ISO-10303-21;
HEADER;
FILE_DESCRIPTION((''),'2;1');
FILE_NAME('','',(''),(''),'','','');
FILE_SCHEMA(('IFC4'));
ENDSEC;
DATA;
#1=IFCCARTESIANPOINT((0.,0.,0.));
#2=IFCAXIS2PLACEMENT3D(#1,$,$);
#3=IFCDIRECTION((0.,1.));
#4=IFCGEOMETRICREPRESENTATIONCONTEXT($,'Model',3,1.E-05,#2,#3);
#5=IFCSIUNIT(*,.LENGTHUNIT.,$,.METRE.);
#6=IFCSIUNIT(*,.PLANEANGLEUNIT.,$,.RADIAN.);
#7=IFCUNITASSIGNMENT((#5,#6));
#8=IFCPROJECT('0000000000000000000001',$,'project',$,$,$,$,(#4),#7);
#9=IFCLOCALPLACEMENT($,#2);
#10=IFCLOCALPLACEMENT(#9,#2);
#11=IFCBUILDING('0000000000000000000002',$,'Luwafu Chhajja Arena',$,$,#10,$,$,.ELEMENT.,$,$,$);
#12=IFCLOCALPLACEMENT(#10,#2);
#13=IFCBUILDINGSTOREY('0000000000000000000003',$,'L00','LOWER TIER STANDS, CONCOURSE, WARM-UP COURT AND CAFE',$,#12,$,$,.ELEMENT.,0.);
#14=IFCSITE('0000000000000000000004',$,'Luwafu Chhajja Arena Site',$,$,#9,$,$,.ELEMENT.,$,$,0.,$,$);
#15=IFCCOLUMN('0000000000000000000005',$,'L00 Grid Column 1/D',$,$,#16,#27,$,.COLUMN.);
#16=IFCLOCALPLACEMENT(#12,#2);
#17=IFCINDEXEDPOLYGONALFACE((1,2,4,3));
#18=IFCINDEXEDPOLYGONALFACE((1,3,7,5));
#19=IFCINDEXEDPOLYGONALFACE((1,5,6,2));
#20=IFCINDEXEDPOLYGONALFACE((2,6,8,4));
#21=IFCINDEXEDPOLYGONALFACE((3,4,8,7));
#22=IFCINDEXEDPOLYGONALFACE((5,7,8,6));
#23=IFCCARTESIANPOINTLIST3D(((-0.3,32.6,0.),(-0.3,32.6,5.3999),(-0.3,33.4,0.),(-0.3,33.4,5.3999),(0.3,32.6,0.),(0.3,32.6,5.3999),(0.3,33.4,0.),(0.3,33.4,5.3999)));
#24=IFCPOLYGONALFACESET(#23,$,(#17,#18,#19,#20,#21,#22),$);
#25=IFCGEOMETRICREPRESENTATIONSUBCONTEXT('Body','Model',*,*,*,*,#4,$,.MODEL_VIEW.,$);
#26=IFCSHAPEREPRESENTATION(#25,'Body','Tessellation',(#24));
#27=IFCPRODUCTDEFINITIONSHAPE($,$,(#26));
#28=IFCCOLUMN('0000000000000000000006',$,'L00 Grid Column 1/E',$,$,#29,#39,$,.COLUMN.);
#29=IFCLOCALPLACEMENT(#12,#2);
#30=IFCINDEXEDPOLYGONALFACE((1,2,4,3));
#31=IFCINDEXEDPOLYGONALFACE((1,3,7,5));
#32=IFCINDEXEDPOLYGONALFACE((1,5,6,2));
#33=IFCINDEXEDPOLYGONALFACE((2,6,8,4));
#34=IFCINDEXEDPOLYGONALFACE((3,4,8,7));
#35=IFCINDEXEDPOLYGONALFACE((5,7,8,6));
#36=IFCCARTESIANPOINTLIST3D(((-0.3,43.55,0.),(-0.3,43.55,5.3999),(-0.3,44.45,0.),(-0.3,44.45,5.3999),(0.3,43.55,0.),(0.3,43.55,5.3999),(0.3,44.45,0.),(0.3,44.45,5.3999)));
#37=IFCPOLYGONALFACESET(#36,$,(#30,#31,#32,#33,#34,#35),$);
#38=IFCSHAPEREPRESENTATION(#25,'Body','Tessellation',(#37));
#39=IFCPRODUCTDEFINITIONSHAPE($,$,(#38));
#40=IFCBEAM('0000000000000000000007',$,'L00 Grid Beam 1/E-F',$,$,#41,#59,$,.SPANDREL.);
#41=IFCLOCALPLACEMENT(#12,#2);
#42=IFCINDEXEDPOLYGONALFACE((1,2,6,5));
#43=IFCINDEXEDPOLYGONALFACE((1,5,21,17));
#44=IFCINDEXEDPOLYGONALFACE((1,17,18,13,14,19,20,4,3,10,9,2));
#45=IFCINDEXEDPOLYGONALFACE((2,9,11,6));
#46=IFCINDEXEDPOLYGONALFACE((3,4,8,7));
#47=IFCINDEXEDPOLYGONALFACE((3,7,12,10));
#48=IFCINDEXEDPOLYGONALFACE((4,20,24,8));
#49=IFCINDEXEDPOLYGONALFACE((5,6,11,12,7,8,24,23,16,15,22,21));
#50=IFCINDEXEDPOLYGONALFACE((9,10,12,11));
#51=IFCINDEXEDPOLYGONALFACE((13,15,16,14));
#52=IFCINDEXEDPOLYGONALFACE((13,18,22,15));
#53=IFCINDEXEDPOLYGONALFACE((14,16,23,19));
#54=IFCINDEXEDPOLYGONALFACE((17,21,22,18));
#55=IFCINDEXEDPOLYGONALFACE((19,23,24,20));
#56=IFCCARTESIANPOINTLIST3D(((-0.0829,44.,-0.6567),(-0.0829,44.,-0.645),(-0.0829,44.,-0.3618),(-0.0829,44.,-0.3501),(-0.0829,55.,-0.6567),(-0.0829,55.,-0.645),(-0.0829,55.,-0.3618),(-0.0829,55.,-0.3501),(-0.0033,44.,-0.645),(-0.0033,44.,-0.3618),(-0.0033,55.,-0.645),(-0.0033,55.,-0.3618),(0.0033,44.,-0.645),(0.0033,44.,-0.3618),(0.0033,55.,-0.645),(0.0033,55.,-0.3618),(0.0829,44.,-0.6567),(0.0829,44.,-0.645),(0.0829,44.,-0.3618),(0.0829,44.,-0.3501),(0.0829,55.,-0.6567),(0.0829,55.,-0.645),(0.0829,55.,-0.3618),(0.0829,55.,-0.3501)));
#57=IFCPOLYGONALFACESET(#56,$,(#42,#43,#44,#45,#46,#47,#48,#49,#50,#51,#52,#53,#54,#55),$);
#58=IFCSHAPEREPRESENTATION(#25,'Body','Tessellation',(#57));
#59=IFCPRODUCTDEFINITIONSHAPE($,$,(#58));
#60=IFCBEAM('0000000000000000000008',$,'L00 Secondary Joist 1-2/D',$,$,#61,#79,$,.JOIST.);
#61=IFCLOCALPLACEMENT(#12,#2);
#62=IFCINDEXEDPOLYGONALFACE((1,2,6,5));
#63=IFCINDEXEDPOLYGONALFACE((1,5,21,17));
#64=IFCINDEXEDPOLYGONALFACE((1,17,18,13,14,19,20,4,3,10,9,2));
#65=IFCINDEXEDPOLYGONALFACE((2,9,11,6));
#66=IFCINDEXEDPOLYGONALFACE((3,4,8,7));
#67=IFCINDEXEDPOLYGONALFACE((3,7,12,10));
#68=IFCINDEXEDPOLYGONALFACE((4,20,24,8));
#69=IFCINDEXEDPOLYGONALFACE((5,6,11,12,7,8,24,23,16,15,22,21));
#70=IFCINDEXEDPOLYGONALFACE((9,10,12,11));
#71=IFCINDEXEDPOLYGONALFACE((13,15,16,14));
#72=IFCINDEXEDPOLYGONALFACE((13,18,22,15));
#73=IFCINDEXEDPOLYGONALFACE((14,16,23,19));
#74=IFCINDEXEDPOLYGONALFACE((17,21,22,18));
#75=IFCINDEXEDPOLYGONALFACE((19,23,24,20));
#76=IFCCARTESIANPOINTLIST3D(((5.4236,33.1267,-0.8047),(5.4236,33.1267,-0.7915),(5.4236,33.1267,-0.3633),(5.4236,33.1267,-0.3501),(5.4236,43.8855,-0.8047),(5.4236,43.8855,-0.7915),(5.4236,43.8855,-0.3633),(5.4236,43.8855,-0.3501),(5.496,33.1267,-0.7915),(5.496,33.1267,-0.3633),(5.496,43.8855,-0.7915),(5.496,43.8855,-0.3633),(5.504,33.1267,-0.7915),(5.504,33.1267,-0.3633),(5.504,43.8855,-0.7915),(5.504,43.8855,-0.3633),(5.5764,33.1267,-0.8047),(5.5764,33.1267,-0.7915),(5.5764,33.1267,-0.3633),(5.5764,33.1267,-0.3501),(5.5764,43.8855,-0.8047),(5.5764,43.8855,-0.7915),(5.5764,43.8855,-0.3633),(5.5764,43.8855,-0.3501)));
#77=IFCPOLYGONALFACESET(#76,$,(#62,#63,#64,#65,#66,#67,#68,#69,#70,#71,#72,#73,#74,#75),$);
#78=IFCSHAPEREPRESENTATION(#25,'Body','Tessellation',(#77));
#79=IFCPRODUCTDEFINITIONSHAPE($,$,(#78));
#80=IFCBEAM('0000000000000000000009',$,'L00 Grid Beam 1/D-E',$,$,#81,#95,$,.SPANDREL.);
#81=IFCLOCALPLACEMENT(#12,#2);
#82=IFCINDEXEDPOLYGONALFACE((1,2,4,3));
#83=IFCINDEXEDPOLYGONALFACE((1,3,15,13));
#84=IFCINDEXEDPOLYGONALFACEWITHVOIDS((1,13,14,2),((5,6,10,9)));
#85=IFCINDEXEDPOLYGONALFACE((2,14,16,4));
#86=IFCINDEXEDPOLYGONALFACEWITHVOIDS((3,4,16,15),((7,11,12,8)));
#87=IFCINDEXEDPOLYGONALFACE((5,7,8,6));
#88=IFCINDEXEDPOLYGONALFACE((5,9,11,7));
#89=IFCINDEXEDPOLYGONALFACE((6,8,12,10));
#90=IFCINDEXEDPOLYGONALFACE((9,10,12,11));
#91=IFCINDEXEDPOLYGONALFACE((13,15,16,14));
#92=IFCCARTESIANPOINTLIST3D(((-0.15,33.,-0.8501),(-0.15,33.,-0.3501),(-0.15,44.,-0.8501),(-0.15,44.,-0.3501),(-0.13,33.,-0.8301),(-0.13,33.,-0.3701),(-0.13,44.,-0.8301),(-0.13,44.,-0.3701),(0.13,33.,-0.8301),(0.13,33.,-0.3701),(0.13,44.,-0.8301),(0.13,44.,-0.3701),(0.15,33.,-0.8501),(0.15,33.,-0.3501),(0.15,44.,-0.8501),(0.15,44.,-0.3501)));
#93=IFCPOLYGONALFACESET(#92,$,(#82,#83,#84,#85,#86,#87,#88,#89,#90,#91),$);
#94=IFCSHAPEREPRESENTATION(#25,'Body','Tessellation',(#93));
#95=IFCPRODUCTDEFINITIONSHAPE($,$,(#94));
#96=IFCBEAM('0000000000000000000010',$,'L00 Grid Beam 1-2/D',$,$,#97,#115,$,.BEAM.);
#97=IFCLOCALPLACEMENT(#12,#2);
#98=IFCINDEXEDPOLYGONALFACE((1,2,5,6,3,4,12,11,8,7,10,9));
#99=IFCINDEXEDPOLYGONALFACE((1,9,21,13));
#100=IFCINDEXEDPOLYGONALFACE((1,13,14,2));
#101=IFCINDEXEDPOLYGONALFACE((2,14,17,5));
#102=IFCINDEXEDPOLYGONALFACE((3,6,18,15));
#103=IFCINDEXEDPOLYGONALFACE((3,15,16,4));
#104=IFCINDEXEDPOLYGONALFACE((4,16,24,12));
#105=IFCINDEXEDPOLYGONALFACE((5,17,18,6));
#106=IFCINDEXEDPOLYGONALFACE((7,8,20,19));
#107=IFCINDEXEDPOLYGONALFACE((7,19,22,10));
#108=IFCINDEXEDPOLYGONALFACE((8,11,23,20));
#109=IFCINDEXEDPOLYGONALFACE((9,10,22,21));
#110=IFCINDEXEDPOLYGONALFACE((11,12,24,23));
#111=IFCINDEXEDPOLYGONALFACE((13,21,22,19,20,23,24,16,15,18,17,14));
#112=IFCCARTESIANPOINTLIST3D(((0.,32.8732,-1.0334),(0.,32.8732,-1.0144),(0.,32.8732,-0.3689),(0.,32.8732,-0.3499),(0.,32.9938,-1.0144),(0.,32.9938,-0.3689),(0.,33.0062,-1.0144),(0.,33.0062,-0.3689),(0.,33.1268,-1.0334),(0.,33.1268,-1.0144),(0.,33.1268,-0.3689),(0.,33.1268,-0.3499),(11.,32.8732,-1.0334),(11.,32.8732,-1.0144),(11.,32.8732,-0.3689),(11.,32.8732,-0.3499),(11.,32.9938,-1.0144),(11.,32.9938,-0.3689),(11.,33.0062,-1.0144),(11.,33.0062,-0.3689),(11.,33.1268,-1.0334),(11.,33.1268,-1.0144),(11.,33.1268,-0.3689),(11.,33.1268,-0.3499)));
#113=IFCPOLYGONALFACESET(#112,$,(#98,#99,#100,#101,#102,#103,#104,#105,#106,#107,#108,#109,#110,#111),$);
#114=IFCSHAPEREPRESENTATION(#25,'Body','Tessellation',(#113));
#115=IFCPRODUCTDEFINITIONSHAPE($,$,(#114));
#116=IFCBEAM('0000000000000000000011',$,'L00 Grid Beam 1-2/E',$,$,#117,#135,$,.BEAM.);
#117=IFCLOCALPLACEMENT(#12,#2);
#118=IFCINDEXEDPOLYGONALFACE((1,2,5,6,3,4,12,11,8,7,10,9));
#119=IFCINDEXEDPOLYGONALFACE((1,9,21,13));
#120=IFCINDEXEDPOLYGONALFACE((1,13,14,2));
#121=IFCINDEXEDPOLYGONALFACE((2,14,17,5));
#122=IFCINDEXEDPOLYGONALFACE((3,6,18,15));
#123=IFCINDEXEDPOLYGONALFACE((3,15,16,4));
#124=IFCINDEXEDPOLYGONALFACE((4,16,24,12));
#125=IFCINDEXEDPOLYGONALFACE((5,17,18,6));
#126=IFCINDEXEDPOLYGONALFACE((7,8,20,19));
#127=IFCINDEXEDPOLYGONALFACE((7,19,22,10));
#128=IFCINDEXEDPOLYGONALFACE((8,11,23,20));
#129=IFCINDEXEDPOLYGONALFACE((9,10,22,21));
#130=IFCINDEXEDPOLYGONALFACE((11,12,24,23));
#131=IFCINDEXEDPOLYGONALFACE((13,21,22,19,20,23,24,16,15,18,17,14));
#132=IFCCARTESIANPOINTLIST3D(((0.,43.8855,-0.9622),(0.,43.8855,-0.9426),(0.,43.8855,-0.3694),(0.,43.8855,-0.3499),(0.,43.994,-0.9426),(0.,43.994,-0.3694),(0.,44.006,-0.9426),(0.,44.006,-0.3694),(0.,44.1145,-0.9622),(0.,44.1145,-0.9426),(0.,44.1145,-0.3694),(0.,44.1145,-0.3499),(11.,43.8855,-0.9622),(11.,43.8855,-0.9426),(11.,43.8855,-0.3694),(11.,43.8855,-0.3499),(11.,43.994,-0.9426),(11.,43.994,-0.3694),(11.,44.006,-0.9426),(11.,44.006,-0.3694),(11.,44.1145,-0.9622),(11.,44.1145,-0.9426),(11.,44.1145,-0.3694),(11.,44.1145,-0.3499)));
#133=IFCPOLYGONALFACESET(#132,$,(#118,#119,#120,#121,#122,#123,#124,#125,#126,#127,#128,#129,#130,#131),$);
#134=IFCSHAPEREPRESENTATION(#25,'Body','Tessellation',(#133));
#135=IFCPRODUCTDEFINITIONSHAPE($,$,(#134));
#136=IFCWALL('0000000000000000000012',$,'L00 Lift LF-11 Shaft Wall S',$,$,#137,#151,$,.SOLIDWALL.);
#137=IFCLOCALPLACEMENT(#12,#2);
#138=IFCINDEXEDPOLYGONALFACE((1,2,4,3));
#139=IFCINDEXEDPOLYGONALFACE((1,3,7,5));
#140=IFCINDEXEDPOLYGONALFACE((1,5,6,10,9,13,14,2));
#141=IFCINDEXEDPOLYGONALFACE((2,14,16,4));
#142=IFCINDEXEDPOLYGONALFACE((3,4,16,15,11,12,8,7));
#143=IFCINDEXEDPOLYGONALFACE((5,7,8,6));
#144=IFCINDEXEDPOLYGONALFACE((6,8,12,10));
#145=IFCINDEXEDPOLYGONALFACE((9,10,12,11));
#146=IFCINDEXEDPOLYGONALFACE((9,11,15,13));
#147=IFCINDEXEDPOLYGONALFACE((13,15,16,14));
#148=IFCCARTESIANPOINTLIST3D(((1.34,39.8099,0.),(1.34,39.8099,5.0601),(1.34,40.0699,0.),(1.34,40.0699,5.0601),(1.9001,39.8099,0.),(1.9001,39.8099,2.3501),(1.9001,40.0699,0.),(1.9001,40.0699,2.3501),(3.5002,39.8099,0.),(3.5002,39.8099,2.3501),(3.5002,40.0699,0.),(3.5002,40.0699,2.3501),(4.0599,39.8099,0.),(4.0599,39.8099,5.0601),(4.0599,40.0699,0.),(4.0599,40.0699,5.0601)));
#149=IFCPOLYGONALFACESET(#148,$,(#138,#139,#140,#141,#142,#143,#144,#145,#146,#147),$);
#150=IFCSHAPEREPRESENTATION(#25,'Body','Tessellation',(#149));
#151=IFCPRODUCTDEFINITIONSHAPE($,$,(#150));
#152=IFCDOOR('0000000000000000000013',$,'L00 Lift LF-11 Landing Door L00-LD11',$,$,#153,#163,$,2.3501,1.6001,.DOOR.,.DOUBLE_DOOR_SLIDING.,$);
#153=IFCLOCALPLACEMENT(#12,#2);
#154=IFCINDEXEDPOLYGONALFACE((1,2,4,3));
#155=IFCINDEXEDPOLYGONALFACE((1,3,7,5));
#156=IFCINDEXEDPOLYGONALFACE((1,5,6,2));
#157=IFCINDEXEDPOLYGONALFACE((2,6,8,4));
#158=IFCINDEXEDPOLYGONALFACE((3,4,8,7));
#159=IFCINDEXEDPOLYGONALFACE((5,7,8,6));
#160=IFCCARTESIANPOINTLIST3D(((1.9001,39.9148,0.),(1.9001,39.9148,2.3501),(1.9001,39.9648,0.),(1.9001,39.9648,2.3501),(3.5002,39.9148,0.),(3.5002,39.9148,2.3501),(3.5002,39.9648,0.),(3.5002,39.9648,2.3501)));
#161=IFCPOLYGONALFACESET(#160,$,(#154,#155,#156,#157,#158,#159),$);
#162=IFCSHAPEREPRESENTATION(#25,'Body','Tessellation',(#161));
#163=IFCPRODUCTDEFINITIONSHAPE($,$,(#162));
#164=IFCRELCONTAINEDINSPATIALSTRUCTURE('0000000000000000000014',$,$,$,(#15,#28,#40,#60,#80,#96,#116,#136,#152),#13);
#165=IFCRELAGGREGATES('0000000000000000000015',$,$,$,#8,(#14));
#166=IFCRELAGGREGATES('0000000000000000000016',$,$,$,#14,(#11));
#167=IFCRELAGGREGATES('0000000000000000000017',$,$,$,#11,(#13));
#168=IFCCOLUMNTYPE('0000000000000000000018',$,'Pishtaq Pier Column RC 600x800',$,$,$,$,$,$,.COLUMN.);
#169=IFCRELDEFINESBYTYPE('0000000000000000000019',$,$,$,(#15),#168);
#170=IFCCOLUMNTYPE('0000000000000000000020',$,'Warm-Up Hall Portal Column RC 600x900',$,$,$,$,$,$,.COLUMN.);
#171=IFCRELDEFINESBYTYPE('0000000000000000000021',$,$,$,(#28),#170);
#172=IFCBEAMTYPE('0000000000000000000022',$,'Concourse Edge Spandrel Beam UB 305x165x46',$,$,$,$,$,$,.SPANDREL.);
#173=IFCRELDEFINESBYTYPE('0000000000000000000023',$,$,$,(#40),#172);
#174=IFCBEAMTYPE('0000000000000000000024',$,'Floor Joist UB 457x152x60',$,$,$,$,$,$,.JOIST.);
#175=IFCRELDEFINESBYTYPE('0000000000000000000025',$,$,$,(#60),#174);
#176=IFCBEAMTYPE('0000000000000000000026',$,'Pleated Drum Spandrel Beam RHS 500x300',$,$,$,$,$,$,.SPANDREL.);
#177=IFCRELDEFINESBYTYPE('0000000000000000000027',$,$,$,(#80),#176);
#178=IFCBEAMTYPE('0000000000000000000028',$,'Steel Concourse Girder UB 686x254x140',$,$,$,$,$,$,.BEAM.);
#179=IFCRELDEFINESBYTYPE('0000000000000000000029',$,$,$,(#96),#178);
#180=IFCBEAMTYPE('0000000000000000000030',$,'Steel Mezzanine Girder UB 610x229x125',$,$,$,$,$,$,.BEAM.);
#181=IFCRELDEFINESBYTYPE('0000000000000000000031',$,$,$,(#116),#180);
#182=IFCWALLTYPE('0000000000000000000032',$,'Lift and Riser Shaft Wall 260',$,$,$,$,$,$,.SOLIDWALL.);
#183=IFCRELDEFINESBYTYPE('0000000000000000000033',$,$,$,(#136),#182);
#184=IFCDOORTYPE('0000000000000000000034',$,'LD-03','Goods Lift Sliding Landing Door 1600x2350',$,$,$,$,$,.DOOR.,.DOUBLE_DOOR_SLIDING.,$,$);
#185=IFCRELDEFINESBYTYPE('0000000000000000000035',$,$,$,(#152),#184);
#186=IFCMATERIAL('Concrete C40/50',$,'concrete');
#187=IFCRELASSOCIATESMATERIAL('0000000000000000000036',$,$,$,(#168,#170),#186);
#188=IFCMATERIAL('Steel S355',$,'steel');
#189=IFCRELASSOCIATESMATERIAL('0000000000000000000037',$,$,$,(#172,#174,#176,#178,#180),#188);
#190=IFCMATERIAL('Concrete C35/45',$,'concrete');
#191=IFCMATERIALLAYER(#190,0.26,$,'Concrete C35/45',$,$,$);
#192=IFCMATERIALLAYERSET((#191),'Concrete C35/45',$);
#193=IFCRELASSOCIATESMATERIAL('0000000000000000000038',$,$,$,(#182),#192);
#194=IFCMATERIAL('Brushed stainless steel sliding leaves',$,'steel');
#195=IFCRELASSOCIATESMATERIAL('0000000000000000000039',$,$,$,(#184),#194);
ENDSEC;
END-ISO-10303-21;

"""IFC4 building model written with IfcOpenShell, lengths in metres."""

from ifc_helpers import new_model, si_unit, direction, frame, frame_2d, origin, origin_2d, place, context, subcontext, project, spatial, rectangle, hollow_rectangle, i_section, extrude, material, layer, layer_set, material_profile, profile_set, type_object, element, fill, save


model = new_model("IFC4")

# Units and contexts
model_context = context("Model", 3, precision=1e-05, world=origin(), true_north=direction((0.0, 1.0)))
body_context = subcontext(model_context, "Body", "Model", "MODEL_VIEW")
ifc_project = project(units=[si_unit("LENGTHUNIT", "METRE"), si_unit("PLANEANGLEUNIT", "RADIAN")], contexts=[model_context])

# Site, building, storey
site_placement = place(None, origin())
site = spatial("IfcSite", under=ifc_project, at=site_placement, Name="Luwafu Chhajja Arena Site", CompositionType="ELEMENT", RefElevation=0.0)
building_placement = place(site_placement, origin())
building = spatial("IfcBuilding", under=site, at=building_placement, Name="Luwafu Chhajja Arena", CompositionType="ELEMENT")
storey_placement = place(building_placement, origin())
storey = spatial("IfcBuildingStorey", under=building, at=storey_placement, Name="L00", Description="LOWER TIER STANDS, CONCOURSE, WARM-UP COURT AND CAFE", CompositionType="ELEMENT", Elevation=0.0)

# Columns
ifc_material_1 = material(Name="Concrete C40/50", Category="concrete")
ifc_material_profile_1 = material_profile(ifc_material_1, rectangle(XDim=0.6001, YDim=0.8, at=origin_2d()), Name="RC 600x800")
ifc_profile_set_1 = profile_set([ifc_material_profile_1], Name="Concrete C40/50")
column_type_1 = type_object("IfcColumnType", Name="Pishtaq Pier Column RC 600x800", PredefinedType="COLUMN", material=ifc_profile_set_1)
column_1_placement = place(storey_placement, frame((0.0, 33.0, 0.0), z_axis=(0.0, 0.0, 1.0), x_axis=(1.0, 0.0, 0.0)))
element("IfcColumn", 1, at=column_1_placement, inside=storey, type_object=column_type_1, Name="L00 Grid Column 1/D", PredefinedType="COLUMN", context=body_context, shape_type="SweptSolid", body=[
    extrude(rectangle(XDim=0.6001, YDim=0.8, at=origin_2d()), origin(), (0.0, 0.0, 1.0), 5.3999),
])
ifc_material_profile_2 = material_profile(ifc_material_1, rectangle(XDim=0.6001, YDim=0.8999, at=origin_2d()), Name="RC 600x900")
ifc_profile_set_2 = profile_set([ifc_material_profile_2], Name="Concrete C40/50")
column_type_2 = type_object("IfcColumnType", Name="Warm-Up Hall Portal Column RC 600x900", PredefinedType="COLUMN", material=ifc_profile_set_2)
column_2_placement = place(storey_placement, frame((0.0, 44.0, 0.0), z_axis=(0.0, 0.0, 1.0), x_axis=(1.0, 0.0, 0.0)))
element("IfcColumn", 2, at=column_2_placement, inside=storey, type_object=column_type_2, Name="L00 Grid Column 1/E", PredefinedType="COLUMN", context=body_context, shape_type="SweptSolid", body=[
    extrude(rectangle(XDim=0.6001, YDim=0.8999, at=origin_2d()), origin(), (0.0, 0.0, 1.0), 5.3999),
])

# Beams
ifc_material_2 = material(Name="Steel S355", Category="steel")
ifc_material_profile_3 = material_profile(ifc_material_2, i_section(OverallWidth=0.1658, OverallDepth=0.3066, WebThickness=0.0066, FlangeThickness=0.0117, at=origin_2d()), Name="UB 305x165x46")
ifc_profile_set_3 = profile_set([ifc_material_profile_3], Name="Steel S355")
beam_type_1 = type_object("IfcBeamType", Name="Concourse Edge Spandrel Beam UB 305x165x46", PredefinedType="SPANDREL", material=ifc_profile_set_3)
beam_1_placement = place(storey_placement, frame((0.0, 44.0, -0.5034), z_axis=(0.0, 1.0, 0.0), x_axis=(-1.0, 0.0, 0.0)))
element("IfcBeam", 3, at=beam_1_placement, inside=storey, type_object=beam_type_1, Name="L00 Grid Beam 1/E-F", PredefinedType="SPANDREL", context=body_context, shape_type="SweptSolid", body=[
    extrude(i_section(OverallWidth=0.1658, OverallDepth=0.3066, WebThickness=0.0066, FlangeThickness=0.0117, at=origin_2d()), origin(), (0.0, 0.0, 1.0), 11.0),
])
ifc_material_profile_4 = material_profile(ifc_material_2, i_section(OverallWidth=0.1528, OverallDepth=0.4546, WebThickness=0.0081, FlangeThickness=0.0132, at=origin_2d()), Name="UB 457x152x60")
ifc_profile_set_4 = profile_set([ifc_material_profile_4], Name="Steel S355")
beam_type_2 = type_object("IfcBeamType", Name="Floor Joist UB 457x152x60", PredefinedType="JOIST", material=ifc_profile_set_4)
beam_2_placement = place(storey_placement, frame((5.5, 33.1267, -0.5774), z_axis=(0.0, 1.0, 0.0), x_axis=(-1.0, 0.0, 0.0)))
element("IfcBeam", 4, at=beam_2_placement, inside=storey, type_object=beam_type_2, Name="L00 Secondary Joist 1-2/D", PredefinedType="JOIST", context=body_context, shape_type="SweptSolid", body=[
    extrude(i_section(OverallWidth=0.1528, OverallDepth=0.4546, WebThickness=0.0081, FlangeThickness=0.0132, at=origin_2d()), origin(), (0.0, 0.0, 1.0), 10.7588),
])
ifc_material_profile_5 = material_profile(ifc_material_2, hollow_rectangle(XDim=0.3, YDim=0.5, WallThickness=0.02, at=origin_2d()), Name="RHS 500x300x20")
ifc_profile_set_5 = profile_set([ifc_material_profile_5], Name="Steel S355")
beam_type_3 = type_object("IfcBeamType", Name="Pleated Drum Spandrel Beam RHS 500x300", PredefinedType="SPANDREL", material=ifc_profile_set_5)
beam_3_placement = place(storey_placement, frame((0.0, 33.0, -0.6001), z_axis=(0.0, 1.0, 0.0), x_axis=(-1.0, 0.0, 0.0)))
element("IfcBeam", 5, at=beam_3_placement, inside=storey, type_object=beam_type_3, Name="L00 Grid Beam 1/D-E", PredefinedType="SPANDREL", context=body_context, shape_type="SweptSolid", body=[
    extrude(hollow_rectangle(XDim=0.3, YDim=0.5, WallThickness=0.02, at=origin_2d()), origin(), (0.0, 0.0, 1.0), 11.0),
])
ifc_material_profile_6 = material_profile(ifc_material_2, i_section(OverallWidth=0.2537, OverallDepth=0.6836, WebThickness=0.0125, FlangeThickness=0.019, at=origin_2d()), Name="UB 686x254x140")
ifc_profile_set_6 = profile_set([ifc_material_profile_6], Name="Steel S355")
beam_type_4 = type_object("IfcBeamType", Name="Steel Concourse Girder UB 686x254x140", PredefinedType="BEAM", material=ifc_profile_set_6)
beam_4_placement = place(storey_placement, frame((0.0, 33.0, -0.6917), z_axis=(1.0, 0.0, 0.0), x_axis=(0.0, 1.0, 0.0)))
element("IfcBeam", 6, at=beam_4_placement, inside=storey, type_object=beam_type_4, Name="L00 Grid Beam 1-2/D", PredefinedType="BEAM", context=body_context, shape_type="SweptSolid", body=[
    extrude(i_section(OverallWidth=0.2537, OverallDepth=0.6836, WebThickness=0.0125, FlangeThickness=0.019, at=origin_2d()), origin(), (0.0, 0.0, 1.0), 11.0),
])
ifc_material_profile_7 = material_profile(ifc_material_2, i_section(OverallWidth=0.229, OverallDepth=0.6123, WebThickness=0.012, FlangeThickness=0.0195, at=origin_2d()), Name="UB 610x229x125")
ifc_profile_set_7 = profile_set([ifc_material_profile_7], Name="Steel S355")
beam_type_5 = type_object("IfcBeamType", Name="Steel Mezzanine Girder UB 610x229x125", PredefinedType="BEAM", material=ifc_profile_set_7)
beam_5_placement = place(storey_placement, frame((0.0, 44.0, -0.656), z_axis=(1.0, 0.0, 0.0), x_axis=(0.0, 1.0, 0.0)))
element("IfcBeam", 7, at=beam_5_placement, inside=storey, type_object=beam_type_5, Name="L00 Grid Beam 1-2/E", PredefinedType="BEAM", context=body_context, shape_type="SweptSolid", body=[
    extrude(i_section(OverallWidth=0.229, OverallDepth=0.6123, WebThickness=0.012, FlangeThickness=0.0195, at=origin_2d()), origin(), (0.0, 0.0, 1.0), 11.0),
])

# Wall, opening, door
ifc_material_3 = material(Name="Concrete C35/45", Category="concrete")
ifc_layer_1 = layer(ifc_material_3, 0.26, Name="Concrete C35/45")
ifc_layer_set_1 = layer_set([ifc_layer_1], Name="Concrete C35/45")
wall_type_1 = type_object("IfcWallType", Name="Lift and Riser Shaft Wall 260", PredefinedType="SOLIDWALL", material=ifc_layer_set_1)
wall_1_placement = place(storey_placement, frame((1.3401, 39.9399, 0.0), z_axis=(0.0, 0.0, 1.0), x_axis=(1.0, 0.0, 0.0)))
wall_1 = element("IfcWall", 8, at=wall_1_placement, inside=storey, type_object=wall_type_1, Name="L00 Lift LF-11 Shaft Wall S", PredefinedType="SOLIDWALL", context=body_context, shape_type="SweptSolid", body=[
    extrude(rectangle(XDim=2.72, YDim=0.26, at=frame_2d((1.3599, 0.0))), origin(), (0.0, 0.0, 1.0), 5.0601),
])
opening_1_placement = place(wall_1_placement, frame((0.5601, 0.0, 0.0)))
opening_1 = element("IfcOpeningElement", 9, at=opening_1_placement, cuts=wall_1, PredefinedType="OPENING", context=body_context, shape_type="SweptSolid", body=[
    extrude(rectangle(XDim=1.6001, YDim=2.3501, at=frame_2d((0.8, 1.175))), frame((0.0, 0.1399, 0.0), z_axis=(0.0, -1.0, 0.0), x_axis=(1.0, 0.0, 0.0)), (0.0, 0.0, 1.0), 0.28),
])
ifc_material_4 = material(Name="Brushed stainless steel sliding leaves", Category="steel")
door_type_1 = type_object("IfcDoorType", Name="LD-03", Description="Goods Lift Sliding Landing Door 1600x2350", OperationType="DOUBLE_DOOR_SLIDING", PredefinedType="DOOR", material=ifc_material_4)
door_1_placement = place(opening_1_placement, origin())
door_1 = element("IfcDoor", 10, at=door_1_placement, inside=storey, type_object=door_type_1, Name="L00 Lift LF-11 Landing Door L00-LD11", OperationType="DOUBLE_DOOR_SLIDING", OverallHeight=2.3501, OverallWidth=1.6001, PredefinedType="DOOR", context=body_context, shape_type="SweptSolid", body=[
    extrude(rectangle(XDim=1.6001, YDim=2.3501, at=frame_2d((0.8, 1.175))), frame((0.0, 0.0249, 0.0), z_axis=(0.0, -1.0, 0.0), x_axis=(1.0, 0.0, 0.0)), (0.0, 0.0, 1.0), 0.05),
])
fill(opening_1, door_1)

save(model, "model.ifc")
